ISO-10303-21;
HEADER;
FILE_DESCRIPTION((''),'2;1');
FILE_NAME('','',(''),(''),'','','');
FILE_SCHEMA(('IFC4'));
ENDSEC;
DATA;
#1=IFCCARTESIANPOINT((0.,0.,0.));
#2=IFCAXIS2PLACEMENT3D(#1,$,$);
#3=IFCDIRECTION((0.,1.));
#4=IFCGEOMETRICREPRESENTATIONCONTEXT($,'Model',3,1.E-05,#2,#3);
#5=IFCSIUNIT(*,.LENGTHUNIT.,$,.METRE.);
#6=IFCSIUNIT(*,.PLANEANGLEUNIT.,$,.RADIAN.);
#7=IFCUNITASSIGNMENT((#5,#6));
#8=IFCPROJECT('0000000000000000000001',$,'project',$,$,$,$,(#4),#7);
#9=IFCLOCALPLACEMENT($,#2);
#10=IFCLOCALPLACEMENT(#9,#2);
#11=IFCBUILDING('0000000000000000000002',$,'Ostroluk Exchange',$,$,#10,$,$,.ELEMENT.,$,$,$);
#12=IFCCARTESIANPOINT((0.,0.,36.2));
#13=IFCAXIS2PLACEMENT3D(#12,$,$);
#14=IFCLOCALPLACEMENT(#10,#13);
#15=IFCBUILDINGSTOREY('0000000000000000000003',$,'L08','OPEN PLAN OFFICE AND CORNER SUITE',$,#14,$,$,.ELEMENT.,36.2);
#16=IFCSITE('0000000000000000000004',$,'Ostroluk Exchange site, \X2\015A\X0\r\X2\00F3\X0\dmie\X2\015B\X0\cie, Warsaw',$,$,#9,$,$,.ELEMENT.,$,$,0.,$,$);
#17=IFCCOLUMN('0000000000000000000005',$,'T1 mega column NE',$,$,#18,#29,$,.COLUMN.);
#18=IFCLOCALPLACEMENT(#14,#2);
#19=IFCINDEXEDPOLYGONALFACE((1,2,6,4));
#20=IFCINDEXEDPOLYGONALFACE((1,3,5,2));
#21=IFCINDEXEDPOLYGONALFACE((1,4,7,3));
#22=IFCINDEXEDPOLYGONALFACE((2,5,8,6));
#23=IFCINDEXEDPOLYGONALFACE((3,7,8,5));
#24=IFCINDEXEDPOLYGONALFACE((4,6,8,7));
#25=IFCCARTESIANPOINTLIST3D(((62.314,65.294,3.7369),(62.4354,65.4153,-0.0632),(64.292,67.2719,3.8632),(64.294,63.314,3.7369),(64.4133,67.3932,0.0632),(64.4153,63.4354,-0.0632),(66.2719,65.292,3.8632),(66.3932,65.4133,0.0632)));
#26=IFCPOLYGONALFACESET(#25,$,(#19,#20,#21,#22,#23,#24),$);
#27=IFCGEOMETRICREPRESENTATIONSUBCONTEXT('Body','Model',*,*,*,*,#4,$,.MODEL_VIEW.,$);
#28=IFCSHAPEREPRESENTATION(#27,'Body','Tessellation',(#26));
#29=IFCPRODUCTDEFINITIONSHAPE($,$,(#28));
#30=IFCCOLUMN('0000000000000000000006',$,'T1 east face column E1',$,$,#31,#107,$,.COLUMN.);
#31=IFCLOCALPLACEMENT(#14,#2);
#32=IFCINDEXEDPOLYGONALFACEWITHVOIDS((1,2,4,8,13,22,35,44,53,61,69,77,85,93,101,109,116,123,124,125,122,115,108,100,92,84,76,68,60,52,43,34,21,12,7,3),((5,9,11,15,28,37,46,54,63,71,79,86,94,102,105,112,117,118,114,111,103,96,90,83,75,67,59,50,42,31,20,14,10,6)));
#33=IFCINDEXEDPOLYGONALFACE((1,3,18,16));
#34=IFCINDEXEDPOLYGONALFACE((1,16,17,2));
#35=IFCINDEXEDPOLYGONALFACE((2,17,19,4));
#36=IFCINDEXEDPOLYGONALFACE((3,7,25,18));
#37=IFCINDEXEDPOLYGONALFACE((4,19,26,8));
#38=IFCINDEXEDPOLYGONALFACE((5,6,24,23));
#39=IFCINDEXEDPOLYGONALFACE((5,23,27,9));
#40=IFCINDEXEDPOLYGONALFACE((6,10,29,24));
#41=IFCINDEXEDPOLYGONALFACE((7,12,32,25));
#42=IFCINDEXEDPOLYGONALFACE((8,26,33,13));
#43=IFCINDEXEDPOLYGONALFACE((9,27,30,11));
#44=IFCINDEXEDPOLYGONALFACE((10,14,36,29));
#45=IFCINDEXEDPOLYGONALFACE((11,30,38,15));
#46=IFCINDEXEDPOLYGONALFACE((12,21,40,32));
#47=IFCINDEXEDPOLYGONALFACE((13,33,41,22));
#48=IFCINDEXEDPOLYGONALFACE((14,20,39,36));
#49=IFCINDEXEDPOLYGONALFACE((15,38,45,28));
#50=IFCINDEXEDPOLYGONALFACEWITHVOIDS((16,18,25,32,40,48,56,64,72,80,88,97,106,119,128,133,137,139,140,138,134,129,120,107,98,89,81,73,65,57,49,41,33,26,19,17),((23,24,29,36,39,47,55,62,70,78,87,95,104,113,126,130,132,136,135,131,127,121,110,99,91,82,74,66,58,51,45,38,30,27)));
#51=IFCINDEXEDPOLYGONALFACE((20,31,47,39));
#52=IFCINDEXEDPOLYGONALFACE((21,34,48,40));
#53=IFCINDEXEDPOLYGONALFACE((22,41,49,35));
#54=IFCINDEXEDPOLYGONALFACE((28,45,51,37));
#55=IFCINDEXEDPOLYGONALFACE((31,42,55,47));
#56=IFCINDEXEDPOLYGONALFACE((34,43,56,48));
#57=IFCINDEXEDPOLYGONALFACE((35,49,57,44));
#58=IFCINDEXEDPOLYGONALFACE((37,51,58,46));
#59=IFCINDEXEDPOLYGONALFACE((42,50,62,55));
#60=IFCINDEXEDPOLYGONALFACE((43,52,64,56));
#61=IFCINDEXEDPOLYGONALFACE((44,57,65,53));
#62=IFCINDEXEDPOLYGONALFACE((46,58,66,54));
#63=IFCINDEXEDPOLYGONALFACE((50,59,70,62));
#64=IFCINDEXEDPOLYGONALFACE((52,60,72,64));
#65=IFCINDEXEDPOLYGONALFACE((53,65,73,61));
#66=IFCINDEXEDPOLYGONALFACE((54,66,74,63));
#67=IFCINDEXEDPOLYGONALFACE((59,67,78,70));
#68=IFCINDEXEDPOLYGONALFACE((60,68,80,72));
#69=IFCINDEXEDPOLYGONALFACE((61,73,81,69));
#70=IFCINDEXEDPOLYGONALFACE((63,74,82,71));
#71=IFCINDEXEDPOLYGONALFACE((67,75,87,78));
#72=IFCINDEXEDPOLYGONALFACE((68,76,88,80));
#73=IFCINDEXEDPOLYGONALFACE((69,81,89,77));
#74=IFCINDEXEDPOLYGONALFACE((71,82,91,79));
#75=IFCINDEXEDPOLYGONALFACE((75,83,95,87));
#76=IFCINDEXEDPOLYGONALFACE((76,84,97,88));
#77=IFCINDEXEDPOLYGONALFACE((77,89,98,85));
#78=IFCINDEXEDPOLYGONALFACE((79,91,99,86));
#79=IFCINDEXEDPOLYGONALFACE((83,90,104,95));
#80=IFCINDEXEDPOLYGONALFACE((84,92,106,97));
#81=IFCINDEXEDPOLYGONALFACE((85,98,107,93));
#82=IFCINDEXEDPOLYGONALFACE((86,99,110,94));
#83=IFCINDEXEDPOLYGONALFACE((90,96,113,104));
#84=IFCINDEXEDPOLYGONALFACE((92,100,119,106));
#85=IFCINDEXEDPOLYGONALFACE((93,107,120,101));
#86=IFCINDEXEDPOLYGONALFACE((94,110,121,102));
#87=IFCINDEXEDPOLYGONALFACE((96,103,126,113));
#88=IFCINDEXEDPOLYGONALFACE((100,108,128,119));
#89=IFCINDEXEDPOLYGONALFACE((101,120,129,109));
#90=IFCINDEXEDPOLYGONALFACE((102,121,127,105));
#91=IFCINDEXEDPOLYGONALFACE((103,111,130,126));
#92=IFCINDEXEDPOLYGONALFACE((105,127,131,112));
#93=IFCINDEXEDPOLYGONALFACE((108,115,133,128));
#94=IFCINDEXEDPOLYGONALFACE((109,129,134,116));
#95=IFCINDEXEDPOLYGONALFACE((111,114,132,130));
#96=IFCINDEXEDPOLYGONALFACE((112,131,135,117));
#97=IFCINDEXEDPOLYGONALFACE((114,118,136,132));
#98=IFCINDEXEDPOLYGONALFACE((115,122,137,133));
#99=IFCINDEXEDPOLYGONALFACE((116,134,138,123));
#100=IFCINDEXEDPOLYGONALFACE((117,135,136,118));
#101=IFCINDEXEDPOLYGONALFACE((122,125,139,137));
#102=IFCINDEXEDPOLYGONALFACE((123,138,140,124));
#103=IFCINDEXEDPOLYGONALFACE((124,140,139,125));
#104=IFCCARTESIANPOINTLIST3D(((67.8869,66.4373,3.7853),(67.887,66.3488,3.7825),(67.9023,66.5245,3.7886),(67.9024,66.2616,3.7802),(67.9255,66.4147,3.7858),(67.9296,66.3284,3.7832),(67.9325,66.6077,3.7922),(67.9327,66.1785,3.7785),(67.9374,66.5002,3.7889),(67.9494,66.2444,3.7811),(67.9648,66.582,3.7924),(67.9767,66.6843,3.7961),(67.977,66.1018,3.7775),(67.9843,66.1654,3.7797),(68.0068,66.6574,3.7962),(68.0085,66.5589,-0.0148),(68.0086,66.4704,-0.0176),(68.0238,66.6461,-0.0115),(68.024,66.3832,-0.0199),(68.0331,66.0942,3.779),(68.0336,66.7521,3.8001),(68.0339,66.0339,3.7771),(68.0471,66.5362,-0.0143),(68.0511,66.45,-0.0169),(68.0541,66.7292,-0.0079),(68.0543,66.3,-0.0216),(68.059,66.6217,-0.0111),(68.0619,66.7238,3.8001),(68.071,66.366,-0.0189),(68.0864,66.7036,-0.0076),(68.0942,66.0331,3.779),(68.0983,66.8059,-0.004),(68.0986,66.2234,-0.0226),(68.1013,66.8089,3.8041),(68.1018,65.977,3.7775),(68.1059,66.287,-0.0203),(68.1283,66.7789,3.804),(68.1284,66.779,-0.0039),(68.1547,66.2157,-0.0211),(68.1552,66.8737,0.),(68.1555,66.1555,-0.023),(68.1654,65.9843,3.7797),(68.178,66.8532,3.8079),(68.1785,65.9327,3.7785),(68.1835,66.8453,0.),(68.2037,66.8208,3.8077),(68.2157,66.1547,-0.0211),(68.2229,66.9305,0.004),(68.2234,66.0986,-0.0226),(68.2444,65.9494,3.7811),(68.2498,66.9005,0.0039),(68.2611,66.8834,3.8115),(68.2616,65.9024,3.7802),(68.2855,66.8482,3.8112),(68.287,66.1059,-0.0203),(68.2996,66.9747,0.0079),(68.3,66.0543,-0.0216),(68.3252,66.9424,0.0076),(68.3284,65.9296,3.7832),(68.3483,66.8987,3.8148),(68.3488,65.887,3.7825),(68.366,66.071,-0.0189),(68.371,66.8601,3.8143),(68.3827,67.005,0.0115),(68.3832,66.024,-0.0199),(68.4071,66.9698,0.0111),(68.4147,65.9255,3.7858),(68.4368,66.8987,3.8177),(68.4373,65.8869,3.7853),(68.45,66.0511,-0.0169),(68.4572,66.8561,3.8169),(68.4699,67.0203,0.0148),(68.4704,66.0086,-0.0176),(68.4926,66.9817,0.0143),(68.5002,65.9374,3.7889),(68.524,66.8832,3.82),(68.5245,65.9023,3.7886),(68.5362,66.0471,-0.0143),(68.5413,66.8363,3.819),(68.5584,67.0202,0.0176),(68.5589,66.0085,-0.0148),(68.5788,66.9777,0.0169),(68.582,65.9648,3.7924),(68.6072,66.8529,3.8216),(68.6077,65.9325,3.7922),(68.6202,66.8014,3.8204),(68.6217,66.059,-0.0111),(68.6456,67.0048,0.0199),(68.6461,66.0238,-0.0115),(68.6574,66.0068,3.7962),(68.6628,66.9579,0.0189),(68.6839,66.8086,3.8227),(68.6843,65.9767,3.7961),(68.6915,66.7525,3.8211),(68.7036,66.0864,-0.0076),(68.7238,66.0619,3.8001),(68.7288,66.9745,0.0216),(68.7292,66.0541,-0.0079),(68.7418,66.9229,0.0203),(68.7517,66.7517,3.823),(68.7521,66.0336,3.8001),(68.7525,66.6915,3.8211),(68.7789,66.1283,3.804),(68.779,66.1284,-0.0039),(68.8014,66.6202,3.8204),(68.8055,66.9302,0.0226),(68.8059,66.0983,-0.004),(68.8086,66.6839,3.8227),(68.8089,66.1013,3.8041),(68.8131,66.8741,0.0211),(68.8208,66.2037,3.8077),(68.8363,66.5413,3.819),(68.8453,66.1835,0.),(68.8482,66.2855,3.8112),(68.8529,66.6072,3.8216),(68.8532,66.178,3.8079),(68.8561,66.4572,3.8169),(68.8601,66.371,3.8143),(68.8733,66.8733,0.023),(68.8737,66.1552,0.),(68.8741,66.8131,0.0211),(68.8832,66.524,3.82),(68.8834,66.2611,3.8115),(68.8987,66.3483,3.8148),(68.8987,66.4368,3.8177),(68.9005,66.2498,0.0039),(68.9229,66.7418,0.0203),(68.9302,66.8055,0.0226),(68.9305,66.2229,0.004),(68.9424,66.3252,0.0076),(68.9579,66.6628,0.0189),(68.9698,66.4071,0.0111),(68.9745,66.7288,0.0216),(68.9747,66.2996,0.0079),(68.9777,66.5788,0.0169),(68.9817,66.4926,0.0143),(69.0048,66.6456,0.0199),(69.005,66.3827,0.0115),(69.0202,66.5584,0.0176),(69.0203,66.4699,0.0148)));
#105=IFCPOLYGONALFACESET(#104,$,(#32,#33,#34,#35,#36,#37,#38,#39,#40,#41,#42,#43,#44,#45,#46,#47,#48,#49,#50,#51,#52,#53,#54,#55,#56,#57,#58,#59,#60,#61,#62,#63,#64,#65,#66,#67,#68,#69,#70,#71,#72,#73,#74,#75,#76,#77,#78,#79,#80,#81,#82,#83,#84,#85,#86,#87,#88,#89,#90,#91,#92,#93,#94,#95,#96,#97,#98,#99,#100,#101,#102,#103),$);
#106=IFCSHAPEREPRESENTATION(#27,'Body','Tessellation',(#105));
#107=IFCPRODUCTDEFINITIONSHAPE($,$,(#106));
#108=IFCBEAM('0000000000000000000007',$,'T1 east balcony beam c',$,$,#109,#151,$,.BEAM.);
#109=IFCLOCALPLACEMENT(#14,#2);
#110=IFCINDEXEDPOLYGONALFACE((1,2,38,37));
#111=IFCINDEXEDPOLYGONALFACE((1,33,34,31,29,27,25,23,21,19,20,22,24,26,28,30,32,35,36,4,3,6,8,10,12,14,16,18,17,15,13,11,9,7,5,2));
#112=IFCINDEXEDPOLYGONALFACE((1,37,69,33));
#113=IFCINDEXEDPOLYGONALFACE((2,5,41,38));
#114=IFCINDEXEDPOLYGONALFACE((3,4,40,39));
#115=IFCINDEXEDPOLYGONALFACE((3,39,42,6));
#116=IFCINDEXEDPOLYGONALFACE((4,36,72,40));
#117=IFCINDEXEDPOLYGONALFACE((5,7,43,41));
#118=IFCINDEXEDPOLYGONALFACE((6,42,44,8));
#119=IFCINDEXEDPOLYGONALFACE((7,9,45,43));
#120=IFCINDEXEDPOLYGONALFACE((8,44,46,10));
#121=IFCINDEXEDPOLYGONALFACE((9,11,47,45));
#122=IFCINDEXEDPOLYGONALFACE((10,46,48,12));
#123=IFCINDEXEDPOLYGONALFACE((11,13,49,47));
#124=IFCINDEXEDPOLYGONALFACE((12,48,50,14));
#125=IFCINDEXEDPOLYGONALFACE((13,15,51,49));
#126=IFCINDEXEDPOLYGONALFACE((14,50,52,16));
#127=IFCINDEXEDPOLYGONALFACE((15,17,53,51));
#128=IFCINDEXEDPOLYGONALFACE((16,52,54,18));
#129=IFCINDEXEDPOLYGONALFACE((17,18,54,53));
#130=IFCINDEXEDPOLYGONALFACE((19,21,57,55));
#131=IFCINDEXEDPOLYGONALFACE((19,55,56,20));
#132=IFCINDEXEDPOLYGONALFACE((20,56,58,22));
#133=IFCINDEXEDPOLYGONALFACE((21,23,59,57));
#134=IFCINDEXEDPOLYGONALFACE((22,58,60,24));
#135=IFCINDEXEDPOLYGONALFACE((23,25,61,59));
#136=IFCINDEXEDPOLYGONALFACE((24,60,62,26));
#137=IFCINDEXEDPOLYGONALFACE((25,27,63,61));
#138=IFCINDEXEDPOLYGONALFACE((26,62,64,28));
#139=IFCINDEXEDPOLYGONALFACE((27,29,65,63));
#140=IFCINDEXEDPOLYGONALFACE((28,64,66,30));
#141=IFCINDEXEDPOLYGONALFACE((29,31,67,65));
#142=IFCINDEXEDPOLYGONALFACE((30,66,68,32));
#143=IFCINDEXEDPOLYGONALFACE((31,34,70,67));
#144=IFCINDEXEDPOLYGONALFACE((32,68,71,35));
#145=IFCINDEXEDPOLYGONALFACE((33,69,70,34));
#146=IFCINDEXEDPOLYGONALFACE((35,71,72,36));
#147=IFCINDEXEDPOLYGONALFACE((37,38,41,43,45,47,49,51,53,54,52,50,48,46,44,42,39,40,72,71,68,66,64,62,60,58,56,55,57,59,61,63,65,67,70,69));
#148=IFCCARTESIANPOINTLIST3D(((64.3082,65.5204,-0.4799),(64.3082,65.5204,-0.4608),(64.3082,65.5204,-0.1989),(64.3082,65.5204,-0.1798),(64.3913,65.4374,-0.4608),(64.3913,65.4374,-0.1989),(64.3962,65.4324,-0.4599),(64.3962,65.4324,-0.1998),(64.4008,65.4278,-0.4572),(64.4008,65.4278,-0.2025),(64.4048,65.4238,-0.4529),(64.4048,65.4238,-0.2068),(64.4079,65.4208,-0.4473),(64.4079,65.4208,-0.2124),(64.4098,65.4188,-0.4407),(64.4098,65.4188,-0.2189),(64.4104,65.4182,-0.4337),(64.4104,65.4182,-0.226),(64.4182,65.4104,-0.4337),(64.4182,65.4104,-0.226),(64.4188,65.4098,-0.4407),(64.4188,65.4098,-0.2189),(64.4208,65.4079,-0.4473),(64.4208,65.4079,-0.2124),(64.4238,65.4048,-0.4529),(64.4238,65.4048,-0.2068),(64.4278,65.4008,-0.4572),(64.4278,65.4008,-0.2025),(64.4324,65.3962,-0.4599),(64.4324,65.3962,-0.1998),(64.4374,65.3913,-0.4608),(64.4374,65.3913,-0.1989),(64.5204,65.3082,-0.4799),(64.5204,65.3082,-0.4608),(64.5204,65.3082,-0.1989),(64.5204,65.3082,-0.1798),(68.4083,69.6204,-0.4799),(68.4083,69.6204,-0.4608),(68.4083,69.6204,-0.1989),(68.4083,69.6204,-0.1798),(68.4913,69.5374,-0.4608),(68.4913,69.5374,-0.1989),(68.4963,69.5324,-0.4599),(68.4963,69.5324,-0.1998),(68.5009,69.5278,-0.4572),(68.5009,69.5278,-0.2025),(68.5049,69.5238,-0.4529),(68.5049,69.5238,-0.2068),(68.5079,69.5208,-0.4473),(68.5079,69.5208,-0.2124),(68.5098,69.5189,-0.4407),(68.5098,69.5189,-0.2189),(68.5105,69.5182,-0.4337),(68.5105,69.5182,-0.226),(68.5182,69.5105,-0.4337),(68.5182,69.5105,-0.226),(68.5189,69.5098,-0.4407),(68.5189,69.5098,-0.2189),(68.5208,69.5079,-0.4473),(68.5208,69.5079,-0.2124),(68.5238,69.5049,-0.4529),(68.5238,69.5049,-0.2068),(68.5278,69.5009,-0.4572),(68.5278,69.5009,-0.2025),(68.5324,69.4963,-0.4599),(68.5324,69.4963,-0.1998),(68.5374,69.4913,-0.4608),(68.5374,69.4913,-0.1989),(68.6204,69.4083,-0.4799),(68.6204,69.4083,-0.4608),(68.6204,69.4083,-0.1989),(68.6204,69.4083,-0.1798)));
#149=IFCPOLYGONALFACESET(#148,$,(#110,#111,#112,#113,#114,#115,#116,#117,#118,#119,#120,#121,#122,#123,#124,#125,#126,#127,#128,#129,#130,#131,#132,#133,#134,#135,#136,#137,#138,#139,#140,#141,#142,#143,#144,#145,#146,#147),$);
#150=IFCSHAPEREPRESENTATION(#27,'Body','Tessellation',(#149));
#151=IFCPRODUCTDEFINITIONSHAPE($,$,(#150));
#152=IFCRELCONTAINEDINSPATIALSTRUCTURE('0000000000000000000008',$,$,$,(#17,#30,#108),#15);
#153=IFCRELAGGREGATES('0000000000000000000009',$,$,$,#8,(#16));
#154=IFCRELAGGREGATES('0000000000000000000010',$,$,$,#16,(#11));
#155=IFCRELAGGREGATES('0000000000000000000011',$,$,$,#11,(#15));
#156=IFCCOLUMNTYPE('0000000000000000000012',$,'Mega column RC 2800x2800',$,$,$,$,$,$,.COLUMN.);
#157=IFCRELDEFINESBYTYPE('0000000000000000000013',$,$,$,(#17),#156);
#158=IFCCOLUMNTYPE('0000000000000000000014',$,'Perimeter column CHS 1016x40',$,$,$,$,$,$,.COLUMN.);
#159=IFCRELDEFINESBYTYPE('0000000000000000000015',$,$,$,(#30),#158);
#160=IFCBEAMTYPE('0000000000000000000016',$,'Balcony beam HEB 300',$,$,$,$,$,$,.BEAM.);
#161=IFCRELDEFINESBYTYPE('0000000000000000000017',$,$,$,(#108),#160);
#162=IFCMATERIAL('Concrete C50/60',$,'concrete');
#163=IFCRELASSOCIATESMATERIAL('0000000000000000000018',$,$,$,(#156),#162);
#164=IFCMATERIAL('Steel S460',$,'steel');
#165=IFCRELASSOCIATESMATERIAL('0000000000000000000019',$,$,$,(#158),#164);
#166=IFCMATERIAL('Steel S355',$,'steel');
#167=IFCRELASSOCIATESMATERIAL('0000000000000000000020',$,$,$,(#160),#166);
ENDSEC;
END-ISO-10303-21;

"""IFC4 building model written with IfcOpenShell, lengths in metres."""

from ifc_helpers import new_model, si_unit, direction, frame, origin, origin_2d, place, context, subcontext, project, spatial, rectangle, hollow_circle, i_section, extrude, material, material_profile, profile_set, type_object, element, save


model = new_model("IFC4")

# Units and contexts
model_context = context("Model", 3, precision=1e-05, world=origin(), true_north=direction((0.0, 1.0)))
body_context = subcontext(model_context, "Body", "Model", "MODEL_VIEW")
ifc_project = project(units=[si_unit("LENGTHUNIT", "METRE"), si_unit("PLANEANGLEUNIT", "RADIAN")], contexts=[model_context])

# Site, building, storey
site_placement = place(None, origin())
site = spatial("IfcSite", under=ifc_project, at=site_placement, Name="Ostroluk Exchange site, Śródmieście, Warsaw", CompositionType="ELEMENT", RefElevation=0.0)
building_placement = place(site_placement, origin())
building = spatial("IfcBuilding", under=site, at=building_placement, Name="Ostroluk Exchange", CompositionType="ELEMENT")
storey_placement = place(building_placement, frame((0.0, 0.0, 36.2)))
storey = spatial("IfcBuildingStorey", under=building, at=storey_placement, Name="L08", Description="OPEN PLAN OFFICE AND CORNER SUITE", CompositionType="ELEMENT", Elevation=36.2)

# Columns
ifc_material_1 = material(Name="Concrete C50/60", Category="concrete")
ifc_material_profile_1 = material_profile(ifc_material_1, rectangle(XDim=2.8, YDim=2.8, at=origin_2d()), Name="RC 2800x2800")
ifc_profile_set_1 = profile_set([ifc_material_profile_1], Name="Concrete C50/60")
column_type_1 = type_object("IfcColumnType", Name="Mega column RC 2800x2800", PredefinedType="COLUMN", material=ifc_profile_set_1)
column_1_placement = place(storey_placement, frame((64.4143, 65.4143, 0.0), z_axis=(-0.031898, -0.031898, 0.998982), x_axis=(0.707107, -0.707107, 0.0)))
element("IfcColumn", 1, at=column_1_placement, inside=storey, type_object=column_type_1, Name="T1 mega column NE", PredefinedType="COLUMN", context=body_context, shape_type="SweptSolid", body=[
    extrude(rectangle(XDim=2.8, YDim=2.8, at=origin_2d()), origin(), (0.0, 0.0, 1.0), 3.804),
])
ifc_material_2 = material(Name="Steel S460", Category="steel")
ifc_material_profile_2 = material_profile(ifc_material_2, hollow_circle(Radius=0.5081, WallThickness=0.04, at=origin_2d()), Name="CHS 1016x40")
ifc_profile_set_2 = profile_set([ifc_material_profile_2], Name="Steel S460")
column_type_2 = type_object("IfcColumnType", Name="Perimeter column CHS 1016x40", PredefinedType="COLUMN", material=ifc_profile_set_2)
column_2_placement = place(storey_placement, frame((68.5144, 66.5144, 0.0), z_axis=(-0.031962, -0.031962, 0.998978), x_axis=(0.707107, -0.707107, 0.0)))
element("IfcColumn", 2, at=column_2_placement, inside=storey, type_object=column_type_2, Name="T1 east face column E1", PredefinedType="COLUMN", context=body_context, shape_type="SweptSolid", body=[
    extrude(hollow_circle(Radius=0.5081, WallThickness=0.04, at=origin_2d()), origin(), (0.0, 0.0, 1.0), 3.804),
])

# Beam
ifc_material_3 = material(Name="Steel S355", Category="steel")
ifc_material_profile_3 = material_profile(ifc_material_3, i_section(OverallWidth=0.3, OverallDepth=0.3, WebThickness=0.011, FlangeThickness=0.019, FilletRadius=0.0271, at=origin_2d()), Name="HEB 300")
ifc_profile_set_3 = profile_set([ifc_material_profile_3], Name="Steel S355")
beam_type_1 = type_object("IfcBeamType", Name="Balcony beam HEB 300", PredefinedType="BEAM", material=ifc_profile_set_3)
beam_1_placement = place(storey_placement, frame((64.4143, 65.4143, -0.3298), z_axis=(0.707107, 0.707107, 0.0), x_axis=(-0.707107, 0.707107, 0.0)))
element("IfcBeam", 3, at=beam_1_placement, inside=storey, type_object=beam_type_1, Name="T1 east balcony beam c", PredefinedType="BEAM", context=body_context, shape_type="SweptSolid", body=[
    extrude(i_section(OverallWidth=0.3, OverallDepth=0.3, WebThickness=0.011, FlangeThickness=0.019, FilletRadius=0.0271, at=origin_2d()), origin(), (0.0, 0.0, 1.0), 5.7983),
])

save(model, "model.ifc")
